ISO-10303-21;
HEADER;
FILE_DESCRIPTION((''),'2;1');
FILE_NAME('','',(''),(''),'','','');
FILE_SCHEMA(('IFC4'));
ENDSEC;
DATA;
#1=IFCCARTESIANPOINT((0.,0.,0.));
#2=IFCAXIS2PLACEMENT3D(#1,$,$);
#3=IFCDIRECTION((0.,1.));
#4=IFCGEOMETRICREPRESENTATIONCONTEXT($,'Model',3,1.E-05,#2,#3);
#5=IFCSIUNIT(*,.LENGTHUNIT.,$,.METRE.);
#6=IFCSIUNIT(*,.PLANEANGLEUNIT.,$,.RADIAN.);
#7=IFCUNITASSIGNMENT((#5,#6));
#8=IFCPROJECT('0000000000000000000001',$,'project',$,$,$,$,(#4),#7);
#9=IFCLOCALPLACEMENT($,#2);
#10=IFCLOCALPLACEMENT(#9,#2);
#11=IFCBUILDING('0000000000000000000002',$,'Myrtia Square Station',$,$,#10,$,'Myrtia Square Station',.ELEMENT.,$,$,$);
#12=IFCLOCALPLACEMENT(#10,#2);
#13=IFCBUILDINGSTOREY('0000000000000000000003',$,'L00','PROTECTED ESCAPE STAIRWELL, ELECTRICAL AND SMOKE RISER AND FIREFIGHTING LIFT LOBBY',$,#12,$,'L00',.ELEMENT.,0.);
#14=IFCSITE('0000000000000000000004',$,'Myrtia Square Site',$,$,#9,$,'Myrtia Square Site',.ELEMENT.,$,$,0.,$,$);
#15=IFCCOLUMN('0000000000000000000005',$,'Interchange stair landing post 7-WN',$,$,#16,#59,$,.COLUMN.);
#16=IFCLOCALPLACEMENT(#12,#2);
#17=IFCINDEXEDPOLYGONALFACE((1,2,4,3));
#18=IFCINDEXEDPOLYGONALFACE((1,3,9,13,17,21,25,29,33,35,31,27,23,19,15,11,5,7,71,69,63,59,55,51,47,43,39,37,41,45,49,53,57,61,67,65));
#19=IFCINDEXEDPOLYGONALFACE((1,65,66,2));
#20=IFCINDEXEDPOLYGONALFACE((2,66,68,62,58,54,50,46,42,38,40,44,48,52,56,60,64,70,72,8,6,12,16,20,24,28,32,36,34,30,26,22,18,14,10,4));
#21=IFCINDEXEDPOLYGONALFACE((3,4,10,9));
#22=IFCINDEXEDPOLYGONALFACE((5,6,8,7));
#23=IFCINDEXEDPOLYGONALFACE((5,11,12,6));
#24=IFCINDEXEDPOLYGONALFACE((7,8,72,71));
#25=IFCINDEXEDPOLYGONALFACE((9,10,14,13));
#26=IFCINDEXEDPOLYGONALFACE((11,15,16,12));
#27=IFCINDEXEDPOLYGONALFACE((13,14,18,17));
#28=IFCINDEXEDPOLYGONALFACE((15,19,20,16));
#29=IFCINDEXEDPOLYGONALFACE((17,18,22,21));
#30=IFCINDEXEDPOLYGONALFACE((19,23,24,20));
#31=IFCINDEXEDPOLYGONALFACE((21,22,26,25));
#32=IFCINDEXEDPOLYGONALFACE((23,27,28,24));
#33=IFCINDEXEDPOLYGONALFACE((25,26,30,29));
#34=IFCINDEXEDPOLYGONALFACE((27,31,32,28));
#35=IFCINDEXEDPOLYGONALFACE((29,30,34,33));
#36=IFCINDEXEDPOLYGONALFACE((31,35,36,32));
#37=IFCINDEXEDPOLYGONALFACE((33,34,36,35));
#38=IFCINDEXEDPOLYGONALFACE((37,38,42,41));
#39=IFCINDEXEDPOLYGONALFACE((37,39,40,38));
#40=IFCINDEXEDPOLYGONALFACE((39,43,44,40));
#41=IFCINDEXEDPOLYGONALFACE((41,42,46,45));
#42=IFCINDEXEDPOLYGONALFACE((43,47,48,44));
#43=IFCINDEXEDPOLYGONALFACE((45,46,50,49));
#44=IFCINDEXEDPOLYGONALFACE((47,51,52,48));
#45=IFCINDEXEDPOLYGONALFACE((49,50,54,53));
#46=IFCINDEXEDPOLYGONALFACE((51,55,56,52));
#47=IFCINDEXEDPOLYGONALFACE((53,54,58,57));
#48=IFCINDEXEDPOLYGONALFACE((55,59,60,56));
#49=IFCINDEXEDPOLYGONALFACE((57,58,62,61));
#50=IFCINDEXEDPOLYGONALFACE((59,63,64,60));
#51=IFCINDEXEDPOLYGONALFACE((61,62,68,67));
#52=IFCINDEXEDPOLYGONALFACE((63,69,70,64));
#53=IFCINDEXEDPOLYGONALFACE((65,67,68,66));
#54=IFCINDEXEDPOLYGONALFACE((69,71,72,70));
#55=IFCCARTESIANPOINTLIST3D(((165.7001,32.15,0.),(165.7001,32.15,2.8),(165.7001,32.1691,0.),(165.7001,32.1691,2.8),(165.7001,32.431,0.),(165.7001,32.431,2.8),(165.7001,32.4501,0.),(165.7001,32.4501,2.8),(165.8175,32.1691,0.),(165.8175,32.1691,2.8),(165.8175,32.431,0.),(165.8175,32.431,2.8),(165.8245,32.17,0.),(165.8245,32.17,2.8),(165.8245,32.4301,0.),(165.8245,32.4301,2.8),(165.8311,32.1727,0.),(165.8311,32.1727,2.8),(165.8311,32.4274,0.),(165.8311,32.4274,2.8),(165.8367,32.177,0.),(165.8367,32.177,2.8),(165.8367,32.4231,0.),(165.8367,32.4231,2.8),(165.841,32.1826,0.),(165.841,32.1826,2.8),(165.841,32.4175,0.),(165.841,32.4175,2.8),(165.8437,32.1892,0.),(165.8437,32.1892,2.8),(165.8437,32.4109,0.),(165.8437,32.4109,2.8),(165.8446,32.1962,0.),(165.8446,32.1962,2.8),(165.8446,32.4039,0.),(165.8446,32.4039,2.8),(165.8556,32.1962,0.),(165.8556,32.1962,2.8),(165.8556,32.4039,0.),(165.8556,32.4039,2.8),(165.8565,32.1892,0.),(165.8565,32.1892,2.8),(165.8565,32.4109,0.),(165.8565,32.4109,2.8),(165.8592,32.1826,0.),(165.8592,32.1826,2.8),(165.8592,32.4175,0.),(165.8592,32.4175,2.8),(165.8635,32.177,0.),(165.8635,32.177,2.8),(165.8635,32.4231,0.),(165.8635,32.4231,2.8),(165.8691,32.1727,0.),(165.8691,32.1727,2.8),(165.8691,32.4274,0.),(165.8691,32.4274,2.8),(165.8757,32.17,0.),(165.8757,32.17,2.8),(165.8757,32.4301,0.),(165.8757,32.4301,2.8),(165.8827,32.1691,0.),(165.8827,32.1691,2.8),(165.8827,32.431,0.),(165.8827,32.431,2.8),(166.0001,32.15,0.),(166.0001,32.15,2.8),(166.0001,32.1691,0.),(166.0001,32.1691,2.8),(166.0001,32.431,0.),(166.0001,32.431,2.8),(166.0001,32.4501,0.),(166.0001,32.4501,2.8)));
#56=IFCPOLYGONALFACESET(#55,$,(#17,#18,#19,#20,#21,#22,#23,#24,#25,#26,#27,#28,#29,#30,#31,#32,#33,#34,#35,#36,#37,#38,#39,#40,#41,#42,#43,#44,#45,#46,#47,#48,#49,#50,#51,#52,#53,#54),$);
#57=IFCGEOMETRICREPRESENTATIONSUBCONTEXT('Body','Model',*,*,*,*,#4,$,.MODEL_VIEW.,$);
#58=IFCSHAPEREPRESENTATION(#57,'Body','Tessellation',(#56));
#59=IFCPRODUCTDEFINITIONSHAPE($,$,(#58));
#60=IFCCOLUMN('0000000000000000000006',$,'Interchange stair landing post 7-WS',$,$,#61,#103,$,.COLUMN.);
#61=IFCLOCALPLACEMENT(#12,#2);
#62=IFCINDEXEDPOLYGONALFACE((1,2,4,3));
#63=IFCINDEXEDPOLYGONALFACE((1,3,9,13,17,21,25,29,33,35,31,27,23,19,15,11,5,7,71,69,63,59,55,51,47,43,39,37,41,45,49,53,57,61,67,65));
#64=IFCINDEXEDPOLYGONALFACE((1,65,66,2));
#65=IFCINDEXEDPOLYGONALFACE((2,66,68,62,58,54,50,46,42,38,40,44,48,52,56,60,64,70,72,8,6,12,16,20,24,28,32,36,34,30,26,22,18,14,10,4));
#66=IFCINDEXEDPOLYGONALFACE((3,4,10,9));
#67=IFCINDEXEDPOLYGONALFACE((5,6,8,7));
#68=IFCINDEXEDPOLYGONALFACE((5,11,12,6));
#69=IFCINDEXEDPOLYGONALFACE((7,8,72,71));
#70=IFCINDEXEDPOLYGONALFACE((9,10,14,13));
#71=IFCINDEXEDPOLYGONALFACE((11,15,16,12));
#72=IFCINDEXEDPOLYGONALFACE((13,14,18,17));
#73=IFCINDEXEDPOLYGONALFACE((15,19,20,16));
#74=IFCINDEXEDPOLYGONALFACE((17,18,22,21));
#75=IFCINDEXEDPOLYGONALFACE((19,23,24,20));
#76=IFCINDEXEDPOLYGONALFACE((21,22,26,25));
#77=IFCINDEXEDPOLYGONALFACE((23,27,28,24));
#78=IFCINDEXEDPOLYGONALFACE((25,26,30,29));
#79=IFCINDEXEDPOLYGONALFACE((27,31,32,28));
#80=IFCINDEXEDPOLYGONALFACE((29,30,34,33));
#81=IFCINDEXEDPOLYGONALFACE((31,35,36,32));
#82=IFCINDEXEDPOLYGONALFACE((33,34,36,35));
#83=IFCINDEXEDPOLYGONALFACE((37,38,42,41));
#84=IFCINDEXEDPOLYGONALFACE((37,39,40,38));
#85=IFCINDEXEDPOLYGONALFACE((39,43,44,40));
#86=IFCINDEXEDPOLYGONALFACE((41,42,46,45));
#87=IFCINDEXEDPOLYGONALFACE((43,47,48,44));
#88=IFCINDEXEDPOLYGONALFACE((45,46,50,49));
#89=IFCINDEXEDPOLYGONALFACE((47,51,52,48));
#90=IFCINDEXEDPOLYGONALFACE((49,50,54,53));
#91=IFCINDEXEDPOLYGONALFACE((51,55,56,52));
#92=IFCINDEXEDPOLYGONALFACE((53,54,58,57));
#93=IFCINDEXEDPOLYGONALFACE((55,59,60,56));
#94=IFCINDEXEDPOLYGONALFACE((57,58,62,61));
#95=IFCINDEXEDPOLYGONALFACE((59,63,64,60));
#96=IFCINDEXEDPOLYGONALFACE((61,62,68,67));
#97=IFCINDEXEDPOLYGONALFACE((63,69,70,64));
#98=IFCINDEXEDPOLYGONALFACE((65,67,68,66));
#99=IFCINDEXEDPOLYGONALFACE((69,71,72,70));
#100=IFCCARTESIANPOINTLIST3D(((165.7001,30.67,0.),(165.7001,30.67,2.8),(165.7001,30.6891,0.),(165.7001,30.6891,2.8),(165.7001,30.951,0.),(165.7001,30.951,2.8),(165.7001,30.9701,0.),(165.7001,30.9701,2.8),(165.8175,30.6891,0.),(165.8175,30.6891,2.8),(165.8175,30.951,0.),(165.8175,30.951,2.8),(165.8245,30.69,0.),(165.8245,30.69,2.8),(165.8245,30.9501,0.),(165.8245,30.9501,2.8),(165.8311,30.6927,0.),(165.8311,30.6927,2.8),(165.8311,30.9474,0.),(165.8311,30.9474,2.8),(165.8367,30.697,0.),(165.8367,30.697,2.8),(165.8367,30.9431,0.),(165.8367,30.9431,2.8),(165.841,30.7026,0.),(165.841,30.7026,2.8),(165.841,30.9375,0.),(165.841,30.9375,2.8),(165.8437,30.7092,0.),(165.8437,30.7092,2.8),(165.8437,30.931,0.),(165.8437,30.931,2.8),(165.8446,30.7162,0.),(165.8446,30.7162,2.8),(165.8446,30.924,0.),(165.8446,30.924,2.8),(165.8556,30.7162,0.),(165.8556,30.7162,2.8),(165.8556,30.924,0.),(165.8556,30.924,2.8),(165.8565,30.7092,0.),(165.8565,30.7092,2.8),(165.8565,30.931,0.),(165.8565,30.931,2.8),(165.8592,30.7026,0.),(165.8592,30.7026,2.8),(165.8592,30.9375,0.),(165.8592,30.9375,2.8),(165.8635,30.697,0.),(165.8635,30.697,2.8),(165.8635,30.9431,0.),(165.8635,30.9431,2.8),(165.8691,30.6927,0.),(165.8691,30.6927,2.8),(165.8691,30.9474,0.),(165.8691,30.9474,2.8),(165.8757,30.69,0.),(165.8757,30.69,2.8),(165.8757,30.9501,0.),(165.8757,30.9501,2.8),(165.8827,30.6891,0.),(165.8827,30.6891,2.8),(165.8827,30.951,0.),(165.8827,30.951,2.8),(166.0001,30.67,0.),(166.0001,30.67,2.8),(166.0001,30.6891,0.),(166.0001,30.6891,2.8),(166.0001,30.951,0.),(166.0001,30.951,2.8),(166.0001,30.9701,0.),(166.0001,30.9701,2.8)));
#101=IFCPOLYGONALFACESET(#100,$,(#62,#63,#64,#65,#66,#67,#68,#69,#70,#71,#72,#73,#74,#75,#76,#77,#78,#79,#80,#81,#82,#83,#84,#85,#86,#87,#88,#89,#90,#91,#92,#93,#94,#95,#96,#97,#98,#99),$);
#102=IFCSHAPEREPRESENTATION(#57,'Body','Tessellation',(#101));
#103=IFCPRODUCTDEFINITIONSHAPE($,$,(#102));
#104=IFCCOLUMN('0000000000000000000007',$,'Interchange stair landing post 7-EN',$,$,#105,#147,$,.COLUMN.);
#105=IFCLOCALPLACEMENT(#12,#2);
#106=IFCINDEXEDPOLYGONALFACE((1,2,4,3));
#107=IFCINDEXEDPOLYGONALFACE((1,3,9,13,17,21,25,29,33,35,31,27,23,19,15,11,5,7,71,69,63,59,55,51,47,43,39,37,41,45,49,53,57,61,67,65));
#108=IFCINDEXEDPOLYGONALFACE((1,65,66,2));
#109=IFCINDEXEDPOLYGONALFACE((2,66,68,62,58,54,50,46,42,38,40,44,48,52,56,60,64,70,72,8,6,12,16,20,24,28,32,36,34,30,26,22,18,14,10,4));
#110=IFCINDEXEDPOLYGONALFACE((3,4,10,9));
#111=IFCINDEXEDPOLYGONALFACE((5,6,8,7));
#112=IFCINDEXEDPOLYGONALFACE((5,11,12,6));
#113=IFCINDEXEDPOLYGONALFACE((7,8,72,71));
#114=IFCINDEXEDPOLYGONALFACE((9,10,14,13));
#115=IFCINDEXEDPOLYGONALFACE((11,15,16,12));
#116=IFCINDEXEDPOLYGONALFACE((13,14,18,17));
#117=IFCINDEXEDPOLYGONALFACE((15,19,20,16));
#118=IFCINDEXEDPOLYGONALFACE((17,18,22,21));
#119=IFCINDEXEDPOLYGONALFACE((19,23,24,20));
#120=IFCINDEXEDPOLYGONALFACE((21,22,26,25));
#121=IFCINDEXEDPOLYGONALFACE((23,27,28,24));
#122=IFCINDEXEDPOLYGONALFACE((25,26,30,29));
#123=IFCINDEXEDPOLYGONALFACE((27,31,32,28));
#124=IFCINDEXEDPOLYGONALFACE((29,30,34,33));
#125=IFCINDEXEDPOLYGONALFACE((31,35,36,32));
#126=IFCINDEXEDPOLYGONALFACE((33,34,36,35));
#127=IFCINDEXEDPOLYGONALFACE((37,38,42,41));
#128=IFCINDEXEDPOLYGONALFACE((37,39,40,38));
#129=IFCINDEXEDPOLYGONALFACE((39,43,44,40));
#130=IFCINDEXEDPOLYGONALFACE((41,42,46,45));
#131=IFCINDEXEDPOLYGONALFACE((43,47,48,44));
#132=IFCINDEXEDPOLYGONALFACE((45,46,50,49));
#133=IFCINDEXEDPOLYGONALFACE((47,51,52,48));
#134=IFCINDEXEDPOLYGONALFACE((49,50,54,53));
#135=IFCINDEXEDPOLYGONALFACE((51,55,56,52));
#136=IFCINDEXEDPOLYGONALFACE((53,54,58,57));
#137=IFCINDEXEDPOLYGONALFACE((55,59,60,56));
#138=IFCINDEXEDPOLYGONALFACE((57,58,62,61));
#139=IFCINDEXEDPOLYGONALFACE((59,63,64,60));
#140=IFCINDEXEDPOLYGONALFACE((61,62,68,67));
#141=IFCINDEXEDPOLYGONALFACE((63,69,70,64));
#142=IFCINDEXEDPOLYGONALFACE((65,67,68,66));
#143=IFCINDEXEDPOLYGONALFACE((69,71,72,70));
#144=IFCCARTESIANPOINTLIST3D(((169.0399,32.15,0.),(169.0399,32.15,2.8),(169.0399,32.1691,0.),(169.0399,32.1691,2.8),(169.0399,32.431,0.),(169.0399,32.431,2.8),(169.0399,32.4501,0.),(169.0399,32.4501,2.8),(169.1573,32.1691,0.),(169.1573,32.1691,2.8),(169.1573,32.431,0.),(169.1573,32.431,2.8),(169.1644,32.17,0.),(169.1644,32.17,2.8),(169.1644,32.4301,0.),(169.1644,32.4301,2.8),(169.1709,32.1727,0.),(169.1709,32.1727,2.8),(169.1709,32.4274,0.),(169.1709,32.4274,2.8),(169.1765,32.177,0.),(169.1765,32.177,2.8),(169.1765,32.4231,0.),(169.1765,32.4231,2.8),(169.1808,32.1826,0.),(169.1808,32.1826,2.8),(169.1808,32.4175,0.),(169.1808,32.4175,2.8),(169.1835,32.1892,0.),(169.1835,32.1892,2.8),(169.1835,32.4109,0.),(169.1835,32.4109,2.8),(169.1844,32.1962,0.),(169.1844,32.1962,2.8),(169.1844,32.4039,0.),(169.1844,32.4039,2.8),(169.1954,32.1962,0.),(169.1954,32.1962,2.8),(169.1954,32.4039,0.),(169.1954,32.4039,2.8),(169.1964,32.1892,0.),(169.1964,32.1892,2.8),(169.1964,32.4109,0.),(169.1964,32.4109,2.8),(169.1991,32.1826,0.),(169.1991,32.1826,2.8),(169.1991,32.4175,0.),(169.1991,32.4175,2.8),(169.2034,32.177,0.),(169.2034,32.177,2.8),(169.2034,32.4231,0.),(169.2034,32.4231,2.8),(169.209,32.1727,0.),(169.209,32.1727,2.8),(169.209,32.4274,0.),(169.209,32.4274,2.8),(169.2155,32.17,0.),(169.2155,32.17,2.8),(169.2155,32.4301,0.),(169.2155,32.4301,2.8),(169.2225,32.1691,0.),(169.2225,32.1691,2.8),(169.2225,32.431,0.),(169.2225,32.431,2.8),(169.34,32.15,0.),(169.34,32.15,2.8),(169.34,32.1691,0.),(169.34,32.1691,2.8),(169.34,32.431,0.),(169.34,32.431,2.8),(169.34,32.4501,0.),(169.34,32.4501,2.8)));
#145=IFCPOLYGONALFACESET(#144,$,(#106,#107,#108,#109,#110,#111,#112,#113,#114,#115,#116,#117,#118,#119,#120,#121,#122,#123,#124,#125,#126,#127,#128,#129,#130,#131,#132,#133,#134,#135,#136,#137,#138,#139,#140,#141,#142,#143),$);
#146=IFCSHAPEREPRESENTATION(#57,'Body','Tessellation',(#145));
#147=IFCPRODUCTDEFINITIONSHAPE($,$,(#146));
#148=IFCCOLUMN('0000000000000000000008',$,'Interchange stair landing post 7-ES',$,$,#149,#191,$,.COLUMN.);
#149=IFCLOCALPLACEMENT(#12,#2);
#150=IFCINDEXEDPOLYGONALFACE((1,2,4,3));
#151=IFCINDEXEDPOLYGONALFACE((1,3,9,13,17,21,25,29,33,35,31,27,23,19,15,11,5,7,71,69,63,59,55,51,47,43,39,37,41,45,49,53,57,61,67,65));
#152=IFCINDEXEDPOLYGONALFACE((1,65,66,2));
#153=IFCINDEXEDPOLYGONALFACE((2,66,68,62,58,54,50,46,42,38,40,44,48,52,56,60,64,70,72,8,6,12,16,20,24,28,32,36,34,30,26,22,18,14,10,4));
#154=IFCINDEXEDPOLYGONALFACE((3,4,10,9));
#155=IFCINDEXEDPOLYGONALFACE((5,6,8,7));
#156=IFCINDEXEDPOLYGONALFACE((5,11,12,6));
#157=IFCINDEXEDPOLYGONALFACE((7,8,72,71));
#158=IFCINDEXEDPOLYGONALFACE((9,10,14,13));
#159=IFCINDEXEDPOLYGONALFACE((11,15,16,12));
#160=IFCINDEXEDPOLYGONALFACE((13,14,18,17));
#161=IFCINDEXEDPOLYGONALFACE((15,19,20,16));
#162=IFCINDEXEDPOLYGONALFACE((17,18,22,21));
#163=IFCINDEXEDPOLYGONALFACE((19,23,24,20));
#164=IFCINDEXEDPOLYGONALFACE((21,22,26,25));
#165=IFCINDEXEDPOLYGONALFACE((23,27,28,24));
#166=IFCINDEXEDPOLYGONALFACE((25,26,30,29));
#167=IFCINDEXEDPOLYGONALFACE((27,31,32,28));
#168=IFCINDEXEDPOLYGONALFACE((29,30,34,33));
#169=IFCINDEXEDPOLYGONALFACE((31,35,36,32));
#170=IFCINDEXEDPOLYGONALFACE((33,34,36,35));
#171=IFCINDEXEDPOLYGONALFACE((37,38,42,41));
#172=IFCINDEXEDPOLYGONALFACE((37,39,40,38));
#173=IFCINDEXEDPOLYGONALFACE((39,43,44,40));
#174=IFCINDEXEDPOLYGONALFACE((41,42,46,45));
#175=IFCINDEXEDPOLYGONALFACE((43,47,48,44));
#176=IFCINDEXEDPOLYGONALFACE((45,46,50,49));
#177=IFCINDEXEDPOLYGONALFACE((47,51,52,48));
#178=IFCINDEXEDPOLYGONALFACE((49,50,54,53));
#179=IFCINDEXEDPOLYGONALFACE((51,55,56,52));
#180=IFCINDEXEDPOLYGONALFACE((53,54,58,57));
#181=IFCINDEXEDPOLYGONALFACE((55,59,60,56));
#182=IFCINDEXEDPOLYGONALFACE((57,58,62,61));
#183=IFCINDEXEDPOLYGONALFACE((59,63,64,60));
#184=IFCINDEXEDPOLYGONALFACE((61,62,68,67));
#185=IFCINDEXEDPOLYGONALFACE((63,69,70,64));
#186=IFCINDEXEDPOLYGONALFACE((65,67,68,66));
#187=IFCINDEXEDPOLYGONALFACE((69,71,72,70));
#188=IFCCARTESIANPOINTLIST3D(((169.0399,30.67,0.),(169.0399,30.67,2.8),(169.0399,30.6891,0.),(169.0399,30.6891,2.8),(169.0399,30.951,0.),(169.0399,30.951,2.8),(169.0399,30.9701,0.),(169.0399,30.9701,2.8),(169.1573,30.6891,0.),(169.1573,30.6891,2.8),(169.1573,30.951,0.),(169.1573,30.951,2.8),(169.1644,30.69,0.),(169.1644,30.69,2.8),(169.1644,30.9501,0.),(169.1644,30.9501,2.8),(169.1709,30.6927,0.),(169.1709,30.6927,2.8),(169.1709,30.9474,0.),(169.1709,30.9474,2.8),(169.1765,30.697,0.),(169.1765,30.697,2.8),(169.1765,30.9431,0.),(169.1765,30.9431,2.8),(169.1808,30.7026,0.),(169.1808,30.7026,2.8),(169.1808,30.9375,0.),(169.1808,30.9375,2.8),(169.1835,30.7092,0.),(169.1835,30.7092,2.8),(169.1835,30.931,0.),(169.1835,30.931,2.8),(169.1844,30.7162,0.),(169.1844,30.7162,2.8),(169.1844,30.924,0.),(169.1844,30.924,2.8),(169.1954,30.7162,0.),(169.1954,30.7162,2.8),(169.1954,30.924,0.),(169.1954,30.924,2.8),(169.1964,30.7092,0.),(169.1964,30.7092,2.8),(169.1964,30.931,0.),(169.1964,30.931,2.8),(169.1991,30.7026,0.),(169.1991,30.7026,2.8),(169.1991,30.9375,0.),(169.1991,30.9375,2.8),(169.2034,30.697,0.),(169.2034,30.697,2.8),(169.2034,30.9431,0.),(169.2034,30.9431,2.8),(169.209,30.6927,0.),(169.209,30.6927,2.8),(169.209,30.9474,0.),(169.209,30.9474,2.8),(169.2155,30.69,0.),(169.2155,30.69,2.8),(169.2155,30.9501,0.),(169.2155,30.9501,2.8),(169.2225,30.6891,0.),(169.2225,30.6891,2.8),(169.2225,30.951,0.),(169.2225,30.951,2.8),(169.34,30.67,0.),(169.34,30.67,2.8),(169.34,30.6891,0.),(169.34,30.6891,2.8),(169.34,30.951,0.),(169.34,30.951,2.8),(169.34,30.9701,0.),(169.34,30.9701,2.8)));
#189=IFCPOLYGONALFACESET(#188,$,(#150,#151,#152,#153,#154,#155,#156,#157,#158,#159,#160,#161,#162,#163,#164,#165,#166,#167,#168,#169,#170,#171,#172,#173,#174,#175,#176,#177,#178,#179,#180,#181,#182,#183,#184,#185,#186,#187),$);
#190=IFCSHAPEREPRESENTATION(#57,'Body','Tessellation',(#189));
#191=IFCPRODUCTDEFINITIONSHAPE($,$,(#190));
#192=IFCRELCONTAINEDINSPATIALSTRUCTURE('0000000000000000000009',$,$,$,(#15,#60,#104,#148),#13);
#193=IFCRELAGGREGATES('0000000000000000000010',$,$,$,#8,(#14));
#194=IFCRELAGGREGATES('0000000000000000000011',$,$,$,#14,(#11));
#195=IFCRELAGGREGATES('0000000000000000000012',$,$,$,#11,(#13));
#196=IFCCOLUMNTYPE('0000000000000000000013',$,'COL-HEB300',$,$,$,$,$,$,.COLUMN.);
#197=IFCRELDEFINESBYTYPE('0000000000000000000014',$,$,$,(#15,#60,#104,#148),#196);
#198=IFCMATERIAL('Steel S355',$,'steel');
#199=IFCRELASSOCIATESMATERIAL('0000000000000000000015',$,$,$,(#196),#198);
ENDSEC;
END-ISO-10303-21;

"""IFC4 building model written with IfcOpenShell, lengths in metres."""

from ifc_helpers import new_model, si_unit, direction, frame, origin, origin_2d, place, context, subcontext, project, spatial, i_section, extrude, material, material_profile, profile_set, type_object, element, save


model = new_model("IFC4")

# Units and contexts
model_context = context("Model", 3, precision=1e-05, world=origin(), true_north=direction((0.0, 1.0)))
body_context = subcontext(model_context, "Body", "Model", "MODEL_VIEW")
ifc_project = project(units=[si_unit("LENGTHUNIT", "METRE"), si_unit("PLANEANGLEUNIT", "RADIAN")], contexts=[model_context])

# Site, building, storey
site_placement = place(None, origin())
site = spatial("IfcSite", under=ifc_project, at=site_placement, Name="Myrtia Square Site", LongName="Myrtia Square Site", CompositionType="ELEMENT", RefElevation=0.0)
building_placement = place(site_placement, origin())
building = spatial("IfcBuilding", under=site, at=building_placement, Name="Myrtia Square Station", LongName="Myrtia Square Station", CompositionType="ELEMENT")
storey_placement = place(building_placement, origin())
storey = spatial("IfcBuildingStorey", under=building, at=storey_placement, Name="L00", Description="PROTECTED ESCAPE STAIRWELL, ELECTRICAL AND SMOKE RISER AND FIREFIGHTING LIFT LOBBY", LongName="L00", CompositionType="ELEMENT", Elevation=0.0)

# Columns
ifc_material_1 = material(Name="Steel S355", Category="steel")
ifc_material_profile_1 = material_profile(ifc_material_1, i_section(OverallWidth=0.3, OverallDepth=0.3, WebThickness=0.011, FlangeThickness=0.019, FilletRadius=0.0271, at=origin_2d()), Name="HEB 300")
ifc_profile_set_1 = profile_set([ifc_material_profile_1], Name="Steel S355")
column_type_1 = type_object("IfcColumnType", Name="COL-HEB300", PredefinedType="COLUMN", material=ifc_profile_set_1)
for number, where, z_axis, x_axis, name in (
    (1, (165.8501, 32.3, 0.0), (0.0, 0.0, 1.0), (1.0, 0.0, 0.0), "Interchange stair landing post 7-WN"),
    (2, (165.8501, 30.8201, 0.0), (0.0, 0.0, 1.0), (1.0, 0.0, 0.0), "Interchange stair landing post 7-WS"),
    (3, (169.1899, 32.3, 0.0), (0.0, 0.0, 1.0), (1.0, 0.0, 0.0), "Interchange stair landing post 7-EN"),
    (4, (169.1899, 30.8201, 0.0), (0.0, 0.0, 1.0), (1.0, 0.0, 0.0), "Interchange stair landing post 7-ES"),
):
    element("IfcColumn", number, at=place(storey_placement, frame(where, z_axis=z_axis, x_axis=x_axis)), inside=storey, type_object=column_type_1, Name=name, PredefinedType="COLUMN", context=body_context, shape_type="SweptSolid", body=[
        extrude(i_section(OverallWidth=0.3, OverallDepth=0.3, WebThickness=0.011, FlangeThickness=0.019, FilletRadius=0.0271, at=origin_2d()), origin(), (0.0, 0.0, 1.0), 2.8),
    ])

save(model, "model.ifc")
